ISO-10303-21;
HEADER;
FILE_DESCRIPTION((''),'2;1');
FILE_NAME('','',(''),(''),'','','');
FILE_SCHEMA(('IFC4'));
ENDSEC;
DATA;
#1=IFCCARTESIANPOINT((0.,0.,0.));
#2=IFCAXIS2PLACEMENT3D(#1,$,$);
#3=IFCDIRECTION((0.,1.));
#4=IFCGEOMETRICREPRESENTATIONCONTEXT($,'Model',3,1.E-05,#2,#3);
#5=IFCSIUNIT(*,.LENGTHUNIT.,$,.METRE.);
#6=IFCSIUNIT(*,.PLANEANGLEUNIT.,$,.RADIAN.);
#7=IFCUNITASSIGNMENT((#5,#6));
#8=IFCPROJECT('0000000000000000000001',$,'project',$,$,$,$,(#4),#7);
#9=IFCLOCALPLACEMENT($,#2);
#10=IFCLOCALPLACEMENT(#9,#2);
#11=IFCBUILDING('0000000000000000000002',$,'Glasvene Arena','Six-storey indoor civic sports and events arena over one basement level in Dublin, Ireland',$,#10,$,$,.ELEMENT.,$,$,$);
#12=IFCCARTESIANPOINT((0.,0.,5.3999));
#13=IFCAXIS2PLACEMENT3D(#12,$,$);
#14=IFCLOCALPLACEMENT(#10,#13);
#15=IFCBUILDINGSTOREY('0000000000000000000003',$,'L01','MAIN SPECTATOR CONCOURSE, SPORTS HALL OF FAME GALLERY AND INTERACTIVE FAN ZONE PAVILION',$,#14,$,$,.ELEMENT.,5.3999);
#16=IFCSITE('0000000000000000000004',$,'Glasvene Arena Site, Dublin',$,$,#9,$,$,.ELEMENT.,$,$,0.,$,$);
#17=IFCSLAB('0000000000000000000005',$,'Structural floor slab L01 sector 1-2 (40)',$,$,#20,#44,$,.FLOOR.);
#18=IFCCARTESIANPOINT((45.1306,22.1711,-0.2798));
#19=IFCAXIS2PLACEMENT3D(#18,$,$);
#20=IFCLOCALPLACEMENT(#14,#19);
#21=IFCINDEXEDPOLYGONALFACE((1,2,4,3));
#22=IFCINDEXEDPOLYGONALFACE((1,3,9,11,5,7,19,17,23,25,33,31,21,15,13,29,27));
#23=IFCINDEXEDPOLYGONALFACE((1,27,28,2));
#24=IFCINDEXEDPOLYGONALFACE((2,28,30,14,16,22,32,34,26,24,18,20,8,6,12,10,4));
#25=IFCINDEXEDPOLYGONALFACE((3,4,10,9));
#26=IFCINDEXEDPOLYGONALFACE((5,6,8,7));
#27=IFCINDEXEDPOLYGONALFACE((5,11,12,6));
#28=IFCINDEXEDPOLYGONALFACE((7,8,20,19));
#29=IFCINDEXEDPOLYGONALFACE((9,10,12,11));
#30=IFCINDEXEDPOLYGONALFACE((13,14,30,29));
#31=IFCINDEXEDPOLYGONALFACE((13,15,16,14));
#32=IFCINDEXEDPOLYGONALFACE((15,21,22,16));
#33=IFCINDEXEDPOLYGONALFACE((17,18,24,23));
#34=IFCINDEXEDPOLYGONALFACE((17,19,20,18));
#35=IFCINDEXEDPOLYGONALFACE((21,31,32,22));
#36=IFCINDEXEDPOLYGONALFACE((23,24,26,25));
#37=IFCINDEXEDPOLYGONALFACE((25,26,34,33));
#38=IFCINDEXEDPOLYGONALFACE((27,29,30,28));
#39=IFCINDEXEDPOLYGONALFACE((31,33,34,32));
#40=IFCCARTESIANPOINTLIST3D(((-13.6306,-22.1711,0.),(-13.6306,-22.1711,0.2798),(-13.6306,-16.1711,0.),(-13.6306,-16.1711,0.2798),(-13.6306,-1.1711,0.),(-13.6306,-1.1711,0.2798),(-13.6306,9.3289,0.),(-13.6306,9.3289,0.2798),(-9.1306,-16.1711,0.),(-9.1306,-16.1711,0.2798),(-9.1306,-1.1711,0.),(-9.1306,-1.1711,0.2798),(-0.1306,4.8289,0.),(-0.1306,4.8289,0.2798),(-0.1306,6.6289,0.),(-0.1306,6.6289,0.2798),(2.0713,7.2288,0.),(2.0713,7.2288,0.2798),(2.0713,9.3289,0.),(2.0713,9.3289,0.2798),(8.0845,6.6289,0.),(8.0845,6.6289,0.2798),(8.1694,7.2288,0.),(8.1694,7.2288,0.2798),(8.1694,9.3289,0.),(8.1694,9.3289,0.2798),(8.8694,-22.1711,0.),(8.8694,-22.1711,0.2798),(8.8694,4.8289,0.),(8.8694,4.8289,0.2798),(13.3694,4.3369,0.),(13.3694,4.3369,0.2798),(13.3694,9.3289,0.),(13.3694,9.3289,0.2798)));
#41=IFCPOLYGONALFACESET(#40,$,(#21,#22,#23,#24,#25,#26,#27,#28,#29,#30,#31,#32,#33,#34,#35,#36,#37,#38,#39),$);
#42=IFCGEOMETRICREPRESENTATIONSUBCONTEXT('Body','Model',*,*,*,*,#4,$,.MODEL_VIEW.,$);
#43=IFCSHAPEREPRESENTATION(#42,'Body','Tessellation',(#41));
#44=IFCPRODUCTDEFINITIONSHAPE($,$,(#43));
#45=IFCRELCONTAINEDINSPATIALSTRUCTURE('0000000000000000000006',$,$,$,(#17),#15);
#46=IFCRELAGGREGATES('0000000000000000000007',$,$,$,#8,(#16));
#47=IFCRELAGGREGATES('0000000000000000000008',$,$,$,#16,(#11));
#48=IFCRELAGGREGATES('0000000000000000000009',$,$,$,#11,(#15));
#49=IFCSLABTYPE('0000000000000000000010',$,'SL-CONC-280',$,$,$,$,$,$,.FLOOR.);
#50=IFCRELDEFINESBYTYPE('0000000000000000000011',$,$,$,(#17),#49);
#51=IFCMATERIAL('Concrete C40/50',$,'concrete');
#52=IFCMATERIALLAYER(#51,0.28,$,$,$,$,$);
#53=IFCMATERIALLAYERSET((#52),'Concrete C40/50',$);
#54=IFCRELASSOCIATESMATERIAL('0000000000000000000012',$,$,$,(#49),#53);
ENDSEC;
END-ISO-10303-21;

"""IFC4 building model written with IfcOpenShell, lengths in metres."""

from ifc_helpers import new_model, si_unit, direction, frame, origin, place, context, subcontext, project, spatial, polyline, outline, extrude, material, layer, layer_set, type_object, element, save


model = new_model("IFC4")

# Units and contexts
model_context = context("Model", 3, precision=1e-05, world=origin(), true_north=direction((0.0, 1.0)))
body_context = subcontext(model_context, "Body", "Model", "MODEL_VIEW")
ifc_project = project(units=[si_unit("LENGTHUNIT", "METRE"), si_unit("PLANEANGLEUNIT", "RADIAN")], contexts=[model_context])

# Site, building, storey
site_placement = place(None, origin())
site = spatial("IfcSite", under=ifc_project, at=site_placement, Name="Glasvene Arena Site, Dublin", CompositionType="ELEMENT", RefElevation=0.0)
building_placement = place(site_placement, origin())
building = spatial("IfcBuilding", under=site, at=building_placement, Name="Glasvene Arena", Description="Six-storey indoor civic sports and events arena over one basement level in Dublin, Ireland", CompositionType="ELEMENT")
storey_placement = place(building_placement, frame((0.0, 0.0, 5.3999)))
storey = spatial("IfcBuildingStorey", under=building, at=storey_placement, Name="L01", Description="MAIN SPECTATOR CONCOURSE, SPORTS HALL OF FAME GALLERY AND INTERACTIVE FAN ZONE PAVILION", CompositionType="ELEMENT", Elevation=5.3999)

# Slab
ifc_material_1 = material(Name="Concrete C40/50", Category="concrete")
ifc_layer_1 = layer(ifc_material_1, 0.28)
ifc_layer_set_1 = layer_set([ifc_layer_1], Name="Concrete C40/50")
slab_type = type_object("IfcSlabType", Name="SL-CONC-280", PredefinedType="FLOOR", material=ifc_layer_set_1)
slab_placement = place(storey_placement, frame((45.1306, 22.1711, -0.2798)))
element("IfcSlab", 1, at=slab_placement, inside=storey, type_object=slab_type, Name="Structural floor slab L01 sector 1-2 (40)", PredefinedType="FLOOR", context=body_context, shape_type="SweptSolid", body=[
    extrude(outline(polyline([(-0.1306, 6.6289), (-0.1306, 4.8289), (8.8694, 4.8289), (8.8694, -22.1711), (-13.6306, -22.1711), (-13.6306, -16.1711), (-9.1306, -16.1711), (-9.1306, -1.1711), (-13.6306, -1.1711), (-13.6306, 9.3289), (2.0713, 9.3289), (2.0713, 7.2288), (8.1694, 7.2288), (8.1694, 9.3289), (13.3694, 9.3289), (13.3694, 4.3369), (8.0845, 6.6289), (-0.1306, 6.6289)])), origin(), (0.0, 0.0, 1.0), 0.2798),
])

save(model, "model.ifc")
